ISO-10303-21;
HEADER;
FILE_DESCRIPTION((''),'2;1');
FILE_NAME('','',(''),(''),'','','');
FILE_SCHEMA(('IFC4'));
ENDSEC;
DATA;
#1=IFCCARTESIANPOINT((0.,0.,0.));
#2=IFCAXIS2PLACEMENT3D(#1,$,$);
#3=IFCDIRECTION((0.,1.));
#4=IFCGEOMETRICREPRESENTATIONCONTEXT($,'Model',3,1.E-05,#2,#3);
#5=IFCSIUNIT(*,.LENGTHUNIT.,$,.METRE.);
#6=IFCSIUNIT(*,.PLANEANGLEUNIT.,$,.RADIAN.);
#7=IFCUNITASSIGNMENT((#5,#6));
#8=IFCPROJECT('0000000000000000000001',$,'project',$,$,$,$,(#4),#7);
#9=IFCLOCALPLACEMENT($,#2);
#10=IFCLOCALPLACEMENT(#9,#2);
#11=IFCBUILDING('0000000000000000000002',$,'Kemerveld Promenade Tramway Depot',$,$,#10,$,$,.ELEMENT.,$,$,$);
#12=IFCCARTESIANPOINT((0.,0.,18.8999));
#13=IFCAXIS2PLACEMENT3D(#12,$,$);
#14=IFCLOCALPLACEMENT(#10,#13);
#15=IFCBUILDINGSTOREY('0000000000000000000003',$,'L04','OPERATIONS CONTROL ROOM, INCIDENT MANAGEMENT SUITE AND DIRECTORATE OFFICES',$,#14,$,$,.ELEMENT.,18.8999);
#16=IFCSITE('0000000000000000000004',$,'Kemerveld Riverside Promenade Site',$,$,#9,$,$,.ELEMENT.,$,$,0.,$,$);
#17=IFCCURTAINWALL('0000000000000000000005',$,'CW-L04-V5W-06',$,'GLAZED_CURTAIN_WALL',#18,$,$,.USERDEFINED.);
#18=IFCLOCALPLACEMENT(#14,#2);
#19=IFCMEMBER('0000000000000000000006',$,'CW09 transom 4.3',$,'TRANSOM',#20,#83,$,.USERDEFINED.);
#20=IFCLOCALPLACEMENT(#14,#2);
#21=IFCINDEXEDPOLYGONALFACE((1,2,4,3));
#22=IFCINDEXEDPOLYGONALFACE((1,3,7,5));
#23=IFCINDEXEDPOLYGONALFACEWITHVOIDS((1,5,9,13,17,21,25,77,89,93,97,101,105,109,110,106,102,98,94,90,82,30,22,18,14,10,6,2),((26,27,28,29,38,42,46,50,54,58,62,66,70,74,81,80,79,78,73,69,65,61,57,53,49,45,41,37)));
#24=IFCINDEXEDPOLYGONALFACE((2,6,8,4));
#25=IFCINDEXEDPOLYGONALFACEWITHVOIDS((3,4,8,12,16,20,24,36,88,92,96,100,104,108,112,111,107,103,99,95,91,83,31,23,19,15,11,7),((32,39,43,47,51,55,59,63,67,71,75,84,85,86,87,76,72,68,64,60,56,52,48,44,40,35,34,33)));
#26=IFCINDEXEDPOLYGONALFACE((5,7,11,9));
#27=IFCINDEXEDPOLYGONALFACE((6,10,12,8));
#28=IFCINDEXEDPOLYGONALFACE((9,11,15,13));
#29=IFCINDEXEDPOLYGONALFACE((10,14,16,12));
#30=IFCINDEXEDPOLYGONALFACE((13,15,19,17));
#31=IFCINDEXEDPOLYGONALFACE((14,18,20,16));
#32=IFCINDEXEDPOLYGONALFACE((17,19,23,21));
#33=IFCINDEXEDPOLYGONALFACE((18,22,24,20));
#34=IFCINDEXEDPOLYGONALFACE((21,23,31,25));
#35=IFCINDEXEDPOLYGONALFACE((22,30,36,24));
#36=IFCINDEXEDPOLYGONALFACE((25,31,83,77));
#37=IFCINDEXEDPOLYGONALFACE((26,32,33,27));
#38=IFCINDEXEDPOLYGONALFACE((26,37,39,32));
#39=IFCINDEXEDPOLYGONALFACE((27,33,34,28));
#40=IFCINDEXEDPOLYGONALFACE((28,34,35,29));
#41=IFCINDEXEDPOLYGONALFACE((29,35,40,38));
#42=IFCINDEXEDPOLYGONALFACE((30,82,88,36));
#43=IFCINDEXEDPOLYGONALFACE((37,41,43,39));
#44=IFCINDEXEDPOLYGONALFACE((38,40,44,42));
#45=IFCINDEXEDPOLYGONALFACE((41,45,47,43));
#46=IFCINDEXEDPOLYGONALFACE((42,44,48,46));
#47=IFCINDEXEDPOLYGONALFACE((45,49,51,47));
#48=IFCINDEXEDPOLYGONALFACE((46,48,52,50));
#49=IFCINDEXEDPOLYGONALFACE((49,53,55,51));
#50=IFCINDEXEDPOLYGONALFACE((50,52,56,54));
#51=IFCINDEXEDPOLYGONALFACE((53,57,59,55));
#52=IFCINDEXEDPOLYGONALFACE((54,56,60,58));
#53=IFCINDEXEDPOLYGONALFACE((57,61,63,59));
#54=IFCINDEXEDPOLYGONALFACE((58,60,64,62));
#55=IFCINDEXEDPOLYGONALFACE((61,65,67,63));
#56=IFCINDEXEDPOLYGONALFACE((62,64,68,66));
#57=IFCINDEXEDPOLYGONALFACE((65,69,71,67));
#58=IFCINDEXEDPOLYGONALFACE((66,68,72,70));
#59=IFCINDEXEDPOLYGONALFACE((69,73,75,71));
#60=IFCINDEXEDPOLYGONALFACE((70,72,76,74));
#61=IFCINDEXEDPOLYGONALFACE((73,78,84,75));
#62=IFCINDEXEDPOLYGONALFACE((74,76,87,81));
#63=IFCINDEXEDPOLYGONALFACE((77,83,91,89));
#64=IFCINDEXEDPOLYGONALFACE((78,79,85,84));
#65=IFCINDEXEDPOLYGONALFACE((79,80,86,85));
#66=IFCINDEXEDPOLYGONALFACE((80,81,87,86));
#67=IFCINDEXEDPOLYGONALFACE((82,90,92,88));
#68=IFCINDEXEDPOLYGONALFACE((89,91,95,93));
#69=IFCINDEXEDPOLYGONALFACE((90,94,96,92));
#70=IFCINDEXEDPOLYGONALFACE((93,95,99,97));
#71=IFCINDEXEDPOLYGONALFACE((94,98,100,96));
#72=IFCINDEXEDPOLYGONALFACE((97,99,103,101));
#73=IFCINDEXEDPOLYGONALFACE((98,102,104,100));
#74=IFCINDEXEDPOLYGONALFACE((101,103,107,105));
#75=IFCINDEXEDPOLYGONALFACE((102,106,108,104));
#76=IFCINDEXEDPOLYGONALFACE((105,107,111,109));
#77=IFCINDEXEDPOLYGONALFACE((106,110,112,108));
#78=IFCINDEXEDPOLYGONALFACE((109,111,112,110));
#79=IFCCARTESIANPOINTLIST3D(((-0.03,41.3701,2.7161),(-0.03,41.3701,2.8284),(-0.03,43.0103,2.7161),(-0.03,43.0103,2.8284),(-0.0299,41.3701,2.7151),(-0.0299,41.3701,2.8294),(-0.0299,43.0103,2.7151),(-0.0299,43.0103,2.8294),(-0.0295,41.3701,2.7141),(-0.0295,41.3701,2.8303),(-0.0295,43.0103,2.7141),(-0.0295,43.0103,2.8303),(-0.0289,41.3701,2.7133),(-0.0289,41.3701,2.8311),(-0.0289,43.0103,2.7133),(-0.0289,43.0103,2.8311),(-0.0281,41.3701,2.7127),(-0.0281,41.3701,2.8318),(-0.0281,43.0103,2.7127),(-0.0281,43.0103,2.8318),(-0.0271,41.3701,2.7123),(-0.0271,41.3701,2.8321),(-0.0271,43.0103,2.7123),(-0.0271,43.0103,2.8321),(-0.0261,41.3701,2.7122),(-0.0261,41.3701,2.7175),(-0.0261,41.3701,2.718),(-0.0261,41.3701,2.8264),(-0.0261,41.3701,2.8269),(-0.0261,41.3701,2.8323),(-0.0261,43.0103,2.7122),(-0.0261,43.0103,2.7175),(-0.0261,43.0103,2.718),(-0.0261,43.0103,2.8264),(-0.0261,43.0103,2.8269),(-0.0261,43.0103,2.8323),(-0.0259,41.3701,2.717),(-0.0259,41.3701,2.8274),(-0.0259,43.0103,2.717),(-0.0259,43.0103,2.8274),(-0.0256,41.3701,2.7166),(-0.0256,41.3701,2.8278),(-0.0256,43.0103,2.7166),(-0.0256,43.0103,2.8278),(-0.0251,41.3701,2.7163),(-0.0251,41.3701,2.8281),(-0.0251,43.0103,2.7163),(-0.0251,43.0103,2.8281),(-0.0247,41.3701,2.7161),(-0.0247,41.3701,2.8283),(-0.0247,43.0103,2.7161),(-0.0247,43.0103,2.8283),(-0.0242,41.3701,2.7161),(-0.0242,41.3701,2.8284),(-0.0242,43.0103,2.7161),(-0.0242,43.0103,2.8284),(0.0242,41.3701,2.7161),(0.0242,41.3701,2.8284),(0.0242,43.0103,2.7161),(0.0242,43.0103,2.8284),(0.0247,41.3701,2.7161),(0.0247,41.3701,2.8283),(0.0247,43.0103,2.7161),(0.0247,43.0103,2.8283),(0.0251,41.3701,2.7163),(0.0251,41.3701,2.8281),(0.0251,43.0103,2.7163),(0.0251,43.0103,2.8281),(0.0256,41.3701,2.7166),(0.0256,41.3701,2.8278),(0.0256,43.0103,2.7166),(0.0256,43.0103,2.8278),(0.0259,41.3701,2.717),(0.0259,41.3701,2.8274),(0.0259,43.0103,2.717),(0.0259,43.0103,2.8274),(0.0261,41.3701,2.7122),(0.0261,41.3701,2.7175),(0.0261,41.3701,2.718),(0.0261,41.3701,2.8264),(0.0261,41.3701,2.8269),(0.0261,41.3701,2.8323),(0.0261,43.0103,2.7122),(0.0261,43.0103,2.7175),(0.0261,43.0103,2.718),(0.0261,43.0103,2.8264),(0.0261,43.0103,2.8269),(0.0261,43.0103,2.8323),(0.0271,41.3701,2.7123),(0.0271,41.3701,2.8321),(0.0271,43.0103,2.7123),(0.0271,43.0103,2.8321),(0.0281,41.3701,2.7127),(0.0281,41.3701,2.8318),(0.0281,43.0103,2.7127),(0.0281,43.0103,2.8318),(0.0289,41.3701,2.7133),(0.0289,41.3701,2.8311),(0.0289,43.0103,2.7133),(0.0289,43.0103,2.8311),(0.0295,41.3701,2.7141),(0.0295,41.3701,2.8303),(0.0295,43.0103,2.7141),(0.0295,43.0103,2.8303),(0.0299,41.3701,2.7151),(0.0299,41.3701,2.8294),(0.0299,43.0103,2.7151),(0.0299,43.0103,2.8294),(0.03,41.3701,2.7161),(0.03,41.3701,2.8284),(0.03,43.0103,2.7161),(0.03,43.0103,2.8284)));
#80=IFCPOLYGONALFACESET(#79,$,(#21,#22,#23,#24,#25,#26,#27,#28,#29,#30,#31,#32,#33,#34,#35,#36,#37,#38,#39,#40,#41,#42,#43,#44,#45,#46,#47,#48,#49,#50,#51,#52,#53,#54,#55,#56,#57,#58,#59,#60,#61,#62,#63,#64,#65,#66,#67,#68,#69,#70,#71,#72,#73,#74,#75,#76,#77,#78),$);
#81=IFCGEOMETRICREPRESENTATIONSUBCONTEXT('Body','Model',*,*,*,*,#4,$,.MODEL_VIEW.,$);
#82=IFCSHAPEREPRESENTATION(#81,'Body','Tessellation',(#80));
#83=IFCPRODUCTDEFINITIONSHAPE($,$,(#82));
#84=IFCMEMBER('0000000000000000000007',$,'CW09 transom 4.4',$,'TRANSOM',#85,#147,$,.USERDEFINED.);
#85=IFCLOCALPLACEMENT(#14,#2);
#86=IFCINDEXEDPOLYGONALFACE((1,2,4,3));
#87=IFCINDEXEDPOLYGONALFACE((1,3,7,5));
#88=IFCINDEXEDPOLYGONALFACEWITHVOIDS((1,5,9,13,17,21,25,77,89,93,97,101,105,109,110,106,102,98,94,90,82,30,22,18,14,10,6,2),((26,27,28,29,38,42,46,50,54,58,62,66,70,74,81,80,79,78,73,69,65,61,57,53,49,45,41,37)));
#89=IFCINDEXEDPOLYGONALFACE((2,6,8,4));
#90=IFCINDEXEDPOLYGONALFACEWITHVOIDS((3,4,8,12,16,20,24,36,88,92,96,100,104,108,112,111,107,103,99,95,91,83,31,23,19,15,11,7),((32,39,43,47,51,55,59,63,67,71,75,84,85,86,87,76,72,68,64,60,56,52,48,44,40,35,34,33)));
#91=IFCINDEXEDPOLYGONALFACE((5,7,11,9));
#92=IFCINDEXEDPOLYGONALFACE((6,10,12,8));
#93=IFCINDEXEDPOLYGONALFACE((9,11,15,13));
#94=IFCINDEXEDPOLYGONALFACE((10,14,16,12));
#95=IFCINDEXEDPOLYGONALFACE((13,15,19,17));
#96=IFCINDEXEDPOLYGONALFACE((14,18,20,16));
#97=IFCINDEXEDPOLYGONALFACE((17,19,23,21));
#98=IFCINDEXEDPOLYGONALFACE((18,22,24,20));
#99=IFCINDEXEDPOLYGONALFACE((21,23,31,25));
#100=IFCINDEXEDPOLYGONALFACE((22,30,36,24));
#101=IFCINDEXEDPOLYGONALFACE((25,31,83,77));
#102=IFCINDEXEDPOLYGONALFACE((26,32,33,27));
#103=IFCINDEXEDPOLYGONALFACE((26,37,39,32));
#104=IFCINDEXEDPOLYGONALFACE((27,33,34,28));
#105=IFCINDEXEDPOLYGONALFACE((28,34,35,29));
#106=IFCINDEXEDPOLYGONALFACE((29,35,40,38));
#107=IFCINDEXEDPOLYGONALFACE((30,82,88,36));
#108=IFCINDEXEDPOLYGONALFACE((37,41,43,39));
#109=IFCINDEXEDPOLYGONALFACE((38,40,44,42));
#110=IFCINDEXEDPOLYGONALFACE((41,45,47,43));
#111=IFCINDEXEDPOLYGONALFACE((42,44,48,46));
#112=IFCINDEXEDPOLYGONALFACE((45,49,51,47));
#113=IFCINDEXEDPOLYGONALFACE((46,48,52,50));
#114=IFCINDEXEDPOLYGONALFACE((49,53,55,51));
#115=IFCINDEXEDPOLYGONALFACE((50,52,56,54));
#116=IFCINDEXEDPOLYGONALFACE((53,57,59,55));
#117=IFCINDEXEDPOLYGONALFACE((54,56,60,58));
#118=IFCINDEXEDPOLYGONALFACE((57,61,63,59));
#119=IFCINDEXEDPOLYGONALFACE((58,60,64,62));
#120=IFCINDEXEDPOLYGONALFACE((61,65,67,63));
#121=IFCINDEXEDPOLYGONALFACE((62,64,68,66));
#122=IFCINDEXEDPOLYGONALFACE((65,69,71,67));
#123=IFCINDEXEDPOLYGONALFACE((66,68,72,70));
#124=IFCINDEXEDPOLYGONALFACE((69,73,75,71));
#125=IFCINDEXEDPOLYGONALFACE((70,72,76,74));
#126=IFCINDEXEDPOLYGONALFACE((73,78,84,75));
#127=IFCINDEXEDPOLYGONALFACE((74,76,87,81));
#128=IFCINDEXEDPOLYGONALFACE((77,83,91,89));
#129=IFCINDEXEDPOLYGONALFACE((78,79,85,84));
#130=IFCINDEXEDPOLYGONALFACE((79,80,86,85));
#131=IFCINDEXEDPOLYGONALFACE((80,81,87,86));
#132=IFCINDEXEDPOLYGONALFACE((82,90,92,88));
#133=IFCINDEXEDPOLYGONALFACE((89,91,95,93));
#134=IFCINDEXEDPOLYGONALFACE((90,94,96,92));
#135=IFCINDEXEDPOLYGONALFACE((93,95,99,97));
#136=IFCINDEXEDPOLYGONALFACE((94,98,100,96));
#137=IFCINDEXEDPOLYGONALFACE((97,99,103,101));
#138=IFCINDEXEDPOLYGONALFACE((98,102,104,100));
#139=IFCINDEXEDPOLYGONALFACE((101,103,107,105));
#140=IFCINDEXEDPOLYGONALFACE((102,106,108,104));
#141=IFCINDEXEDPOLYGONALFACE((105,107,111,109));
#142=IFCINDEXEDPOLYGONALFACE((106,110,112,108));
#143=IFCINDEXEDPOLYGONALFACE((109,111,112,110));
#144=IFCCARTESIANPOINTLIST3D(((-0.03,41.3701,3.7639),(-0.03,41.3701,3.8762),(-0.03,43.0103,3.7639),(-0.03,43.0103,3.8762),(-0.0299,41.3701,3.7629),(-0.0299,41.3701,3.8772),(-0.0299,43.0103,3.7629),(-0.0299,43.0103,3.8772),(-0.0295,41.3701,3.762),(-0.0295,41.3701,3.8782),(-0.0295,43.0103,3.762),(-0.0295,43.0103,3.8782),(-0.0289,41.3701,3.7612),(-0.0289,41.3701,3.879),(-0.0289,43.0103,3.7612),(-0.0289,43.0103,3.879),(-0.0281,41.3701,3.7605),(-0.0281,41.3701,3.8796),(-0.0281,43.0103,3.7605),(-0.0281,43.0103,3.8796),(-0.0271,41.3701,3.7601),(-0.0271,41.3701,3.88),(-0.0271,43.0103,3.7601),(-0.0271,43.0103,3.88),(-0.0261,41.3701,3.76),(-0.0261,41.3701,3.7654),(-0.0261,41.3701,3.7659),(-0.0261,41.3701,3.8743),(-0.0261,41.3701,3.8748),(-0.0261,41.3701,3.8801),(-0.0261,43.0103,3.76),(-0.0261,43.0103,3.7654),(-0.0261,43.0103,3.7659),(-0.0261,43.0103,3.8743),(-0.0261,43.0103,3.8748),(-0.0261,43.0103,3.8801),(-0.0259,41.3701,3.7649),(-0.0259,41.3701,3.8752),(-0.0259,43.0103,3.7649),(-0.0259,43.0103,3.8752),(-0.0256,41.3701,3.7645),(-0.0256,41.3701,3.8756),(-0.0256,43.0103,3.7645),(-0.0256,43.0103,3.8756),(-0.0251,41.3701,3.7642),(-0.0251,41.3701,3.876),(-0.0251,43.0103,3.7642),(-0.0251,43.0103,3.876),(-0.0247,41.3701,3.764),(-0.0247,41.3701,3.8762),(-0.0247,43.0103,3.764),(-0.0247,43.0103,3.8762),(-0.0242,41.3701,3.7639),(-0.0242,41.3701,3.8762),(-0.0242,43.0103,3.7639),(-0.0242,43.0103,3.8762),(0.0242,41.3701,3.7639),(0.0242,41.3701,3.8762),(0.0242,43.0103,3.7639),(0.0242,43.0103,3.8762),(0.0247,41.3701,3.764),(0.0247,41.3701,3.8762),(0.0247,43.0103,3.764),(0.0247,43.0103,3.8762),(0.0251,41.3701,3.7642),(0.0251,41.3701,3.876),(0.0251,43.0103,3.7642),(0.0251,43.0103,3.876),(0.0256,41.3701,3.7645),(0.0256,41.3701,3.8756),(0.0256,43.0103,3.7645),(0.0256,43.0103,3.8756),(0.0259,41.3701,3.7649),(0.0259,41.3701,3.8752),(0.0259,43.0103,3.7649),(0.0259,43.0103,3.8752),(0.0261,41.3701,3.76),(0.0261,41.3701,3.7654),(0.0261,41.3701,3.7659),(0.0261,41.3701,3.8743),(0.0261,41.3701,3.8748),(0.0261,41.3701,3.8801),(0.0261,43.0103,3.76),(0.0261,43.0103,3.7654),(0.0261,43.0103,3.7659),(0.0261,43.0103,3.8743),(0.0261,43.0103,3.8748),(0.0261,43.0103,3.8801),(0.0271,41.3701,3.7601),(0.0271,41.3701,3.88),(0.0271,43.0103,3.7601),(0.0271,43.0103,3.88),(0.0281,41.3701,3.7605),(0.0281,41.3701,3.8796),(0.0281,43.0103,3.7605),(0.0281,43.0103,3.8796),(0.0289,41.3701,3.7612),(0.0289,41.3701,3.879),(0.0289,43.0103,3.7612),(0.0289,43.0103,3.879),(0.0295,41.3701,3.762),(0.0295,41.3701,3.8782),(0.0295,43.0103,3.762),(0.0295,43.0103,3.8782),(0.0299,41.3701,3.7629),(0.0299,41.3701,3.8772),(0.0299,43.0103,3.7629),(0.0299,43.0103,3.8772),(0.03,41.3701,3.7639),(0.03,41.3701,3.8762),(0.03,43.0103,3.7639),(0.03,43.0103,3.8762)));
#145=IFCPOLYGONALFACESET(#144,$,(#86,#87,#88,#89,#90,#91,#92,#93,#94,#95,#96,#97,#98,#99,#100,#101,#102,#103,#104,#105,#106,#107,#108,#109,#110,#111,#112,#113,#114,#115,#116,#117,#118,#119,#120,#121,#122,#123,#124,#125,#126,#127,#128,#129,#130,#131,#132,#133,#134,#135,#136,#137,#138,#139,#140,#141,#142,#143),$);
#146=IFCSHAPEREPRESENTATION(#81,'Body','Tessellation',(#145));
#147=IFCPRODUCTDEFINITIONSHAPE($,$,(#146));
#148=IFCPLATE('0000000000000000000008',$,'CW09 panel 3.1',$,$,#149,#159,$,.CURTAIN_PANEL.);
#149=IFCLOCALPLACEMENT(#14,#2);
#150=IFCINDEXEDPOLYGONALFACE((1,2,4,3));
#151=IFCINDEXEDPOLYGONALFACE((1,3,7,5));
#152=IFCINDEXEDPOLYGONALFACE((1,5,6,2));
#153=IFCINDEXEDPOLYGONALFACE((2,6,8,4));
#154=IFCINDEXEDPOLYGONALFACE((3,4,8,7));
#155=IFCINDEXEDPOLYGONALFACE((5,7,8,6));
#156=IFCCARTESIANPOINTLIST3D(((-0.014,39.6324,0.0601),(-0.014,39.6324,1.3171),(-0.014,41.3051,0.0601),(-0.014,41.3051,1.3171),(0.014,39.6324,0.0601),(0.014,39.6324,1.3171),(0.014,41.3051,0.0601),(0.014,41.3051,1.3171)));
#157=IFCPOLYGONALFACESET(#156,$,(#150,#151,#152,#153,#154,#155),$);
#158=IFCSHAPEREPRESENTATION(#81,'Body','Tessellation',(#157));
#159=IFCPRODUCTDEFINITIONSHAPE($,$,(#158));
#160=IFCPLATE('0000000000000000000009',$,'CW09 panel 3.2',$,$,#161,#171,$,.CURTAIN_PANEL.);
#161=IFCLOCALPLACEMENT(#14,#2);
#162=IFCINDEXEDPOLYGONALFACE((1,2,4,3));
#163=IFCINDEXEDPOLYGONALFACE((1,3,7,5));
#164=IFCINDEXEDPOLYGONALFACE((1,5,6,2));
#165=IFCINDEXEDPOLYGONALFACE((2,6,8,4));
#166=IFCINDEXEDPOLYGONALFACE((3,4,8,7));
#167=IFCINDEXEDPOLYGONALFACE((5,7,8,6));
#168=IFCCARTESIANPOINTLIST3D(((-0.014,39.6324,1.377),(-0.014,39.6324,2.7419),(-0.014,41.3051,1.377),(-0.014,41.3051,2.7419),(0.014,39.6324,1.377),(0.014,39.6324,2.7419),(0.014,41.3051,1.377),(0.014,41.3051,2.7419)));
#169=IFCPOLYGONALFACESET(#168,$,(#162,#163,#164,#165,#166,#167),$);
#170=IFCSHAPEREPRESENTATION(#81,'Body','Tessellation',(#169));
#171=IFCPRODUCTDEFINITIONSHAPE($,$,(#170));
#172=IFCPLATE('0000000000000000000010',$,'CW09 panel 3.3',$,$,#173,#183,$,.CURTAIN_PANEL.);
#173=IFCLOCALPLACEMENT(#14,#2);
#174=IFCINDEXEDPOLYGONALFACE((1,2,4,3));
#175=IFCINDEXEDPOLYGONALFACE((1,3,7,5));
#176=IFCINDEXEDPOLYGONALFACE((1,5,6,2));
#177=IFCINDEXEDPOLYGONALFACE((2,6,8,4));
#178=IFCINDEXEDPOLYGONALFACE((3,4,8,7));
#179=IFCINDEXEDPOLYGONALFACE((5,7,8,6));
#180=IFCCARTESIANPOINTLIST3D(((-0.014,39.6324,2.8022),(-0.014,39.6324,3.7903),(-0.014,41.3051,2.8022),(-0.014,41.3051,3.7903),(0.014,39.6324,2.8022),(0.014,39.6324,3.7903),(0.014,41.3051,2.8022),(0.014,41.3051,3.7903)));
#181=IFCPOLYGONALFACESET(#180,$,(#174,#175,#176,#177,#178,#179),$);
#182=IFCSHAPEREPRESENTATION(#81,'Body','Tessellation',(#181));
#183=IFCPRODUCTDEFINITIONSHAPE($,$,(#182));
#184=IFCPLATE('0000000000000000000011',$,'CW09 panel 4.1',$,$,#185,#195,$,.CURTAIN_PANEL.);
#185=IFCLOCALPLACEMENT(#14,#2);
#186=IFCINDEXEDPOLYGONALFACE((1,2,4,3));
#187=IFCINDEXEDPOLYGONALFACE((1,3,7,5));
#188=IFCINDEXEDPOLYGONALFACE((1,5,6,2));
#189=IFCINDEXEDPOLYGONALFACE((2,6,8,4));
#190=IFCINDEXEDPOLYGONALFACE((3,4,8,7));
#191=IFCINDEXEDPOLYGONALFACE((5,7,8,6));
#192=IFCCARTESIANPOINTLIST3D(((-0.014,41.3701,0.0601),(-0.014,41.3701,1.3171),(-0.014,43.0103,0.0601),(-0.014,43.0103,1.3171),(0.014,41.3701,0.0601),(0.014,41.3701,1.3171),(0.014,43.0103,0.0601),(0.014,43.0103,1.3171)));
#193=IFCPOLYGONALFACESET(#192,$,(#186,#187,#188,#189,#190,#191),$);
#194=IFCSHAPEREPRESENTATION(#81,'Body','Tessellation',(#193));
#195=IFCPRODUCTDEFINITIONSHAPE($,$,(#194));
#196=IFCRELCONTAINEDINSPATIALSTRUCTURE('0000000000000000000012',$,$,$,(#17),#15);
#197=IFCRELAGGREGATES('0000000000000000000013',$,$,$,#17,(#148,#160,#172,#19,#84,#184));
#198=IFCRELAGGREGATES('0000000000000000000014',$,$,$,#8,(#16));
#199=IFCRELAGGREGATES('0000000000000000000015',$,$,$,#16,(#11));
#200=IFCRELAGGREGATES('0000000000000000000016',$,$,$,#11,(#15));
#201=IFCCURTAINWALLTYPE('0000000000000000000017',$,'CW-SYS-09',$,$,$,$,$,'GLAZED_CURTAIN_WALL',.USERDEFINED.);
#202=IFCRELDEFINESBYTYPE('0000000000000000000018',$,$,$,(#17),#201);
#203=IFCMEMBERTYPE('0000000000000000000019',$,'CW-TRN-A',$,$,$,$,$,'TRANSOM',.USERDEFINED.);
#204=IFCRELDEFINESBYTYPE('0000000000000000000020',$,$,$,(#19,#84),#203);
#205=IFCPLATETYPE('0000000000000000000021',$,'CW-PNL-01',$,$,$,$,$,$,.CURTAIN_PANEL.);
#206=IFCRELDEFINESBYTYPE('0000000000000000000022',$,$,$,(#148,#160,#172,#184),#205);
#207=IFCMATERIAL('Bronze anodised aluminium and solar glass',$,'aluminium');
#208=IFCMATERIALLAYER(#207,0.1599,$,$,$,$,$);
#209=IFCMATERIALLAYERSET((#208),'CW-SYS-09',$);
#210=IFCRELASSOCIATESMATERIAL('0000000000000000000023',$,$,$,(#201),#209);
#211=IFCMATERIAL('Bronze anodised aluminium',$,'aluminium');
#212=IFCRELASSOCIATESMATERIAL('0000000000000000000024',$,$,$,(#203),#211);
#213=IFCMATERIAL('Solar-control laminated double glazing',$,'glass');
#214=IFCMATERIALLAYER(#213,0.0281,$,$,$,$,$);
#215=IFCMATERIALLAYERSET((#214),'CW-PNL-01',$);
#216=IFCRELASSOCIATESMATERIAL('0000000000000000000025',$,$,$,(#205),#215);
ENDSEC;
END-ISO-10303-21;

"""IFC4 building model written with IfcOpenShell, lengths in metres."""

from ifc_helpers import new_model, si_unit, direction, frame, origin, origin_2d, place, context, subcontext, project, spatial, rectangle, hollow_rectangle, extrude, material, layer, layer_set, material_profile, profile_set, type_object, element, aggregate, save


model = new_model("IFC4")

# Units and contexts
model_context = context("Model", 3, precision=1e-05, world=origin(), true_north=direction((0.0, 1.0)))
body_context = subcontext(model_context, "Body", "Model", "MODEL_VIEW")
ifc_project = project(units=[si_unit("LENGTHUNIT", "METRE"), si_unit("PLANEANGLEUNIT", "RADIAN")], contexts=[model_context])

# Site, building, storey
site_placement = place(None, origin())
site = spatial("IfcSite", under=ifc_project, at=site_placement, Name="Kemerveld Riverside Promenade Site", CompositionType="ELEMENT", RefElevation=0.0)
building_placement = place(site_placement, origin())
building = spatial("IfcBuilding", under=site, at=building_placement, Name="Kemerveld Promenade Tramway Depot", CompositionType="ELEMENT")
storey_placement = place(building_placement, frame((0.0, 0.0, 18.8999)))
storey = spatial("IfcBuildingStorey", under=building, at=storey_placement, Name="L04", Description="OPERATIONS CONTROL ROOM, INCIDENT MANAGEMENT SUITE AND DIRECTORATE OFFICES", CompositionType="ELEMENT", Elevation=18.8999)

# Curtain wall, members, plates
ifc_material_1 = material(Name="Bronze anodised aluminium and solar glass", Category="aluminium")
ifc_layer_1 = layer(ifc_material_1, 0.1599)
ifc_layer_set_1 = layer_set([ifc_layer_1], Name="CW-SYS-09")
curtain_wall_type = type_object("IfcCurtainWallType", Name="CW-SYS-09", ElementType="GLAZED_CURTAIN_WALL", PredefinedType="USERDEFINED", material=ifc_layer_set_1)
curtain_wall_placement = place(storey_placement, origin())
curtain_wall = element("IfcCurtainWall", 1, at=curtain_wall_placement, inside=storey, type_object=curtain_wall_type, Name="CW-L04-V5W-06", ObjectType="GLAZED_CURTAIN_WALL", PredefinedType="USERDEFINED")
ifc_material_2 = material(Name="Bronze anodised aluminium", Category="aluminium")
ifc_material_profile_1 = material_profile(ifc_material_2, hollow_rectangle(XDim=0.0601, YDim=0.1201, WallThickness=0.0039, InnerFilletRadius=0.002, OuterFilletRadius=0.0039, at=origin_2d()), Name="CW-TRN-120x60")
ifc_profile_set_1 = profile_set([ifc_material_profile_1], Name="Bronze anodised aluminium")
member_type_1 = type_object("IfcMemberType", Name="CW-TRN-A", ElementType="TRANSOM", PredefinedType="USERDEFINED", material=ifc_profile_set_1)
member_1_placement = place(storey_placement, frame((0.0, 41.3701, 2.7722), z_axis=(0.0, 1.0, 0.0), x_axis=(-1.0, 0.0, 0.0)))
member_1 = element("IfcMember", 2, at=member_1_placement, type_object=member_type_1, Name="CW09 transom 4.3", ObjectType="TRANSOM", PredefinedType="USERDEFINED", context=body_context, shape_type="SweptSolid", body=[
    extrude(hollow_rectangle(XDim=0.0601, YDim=0.1201, WallThickness=0.0039, InnerFilletRadius=0.002, OuterFilletRadius=0.0039, at=origin_2d()), origin(), (0.0, 0.0, 1.0), 1.6401),
])
member_2_placement = place(storey_placement, frame((0.0, 41.3701, 3.8201), z_axis=(0.0, 1.0, 0.0), x_axis=(-1.0, 0.0, 0.0)))
member_2 = element("IfcMember", 3, at=member_2_placement, type_object=member_type_1, Name="CW09 transom 4.4", ObjectType="TRANSOM", PredefinedType="USERDEFINED", context=body_context, shape_type="SweptSolid", body=[
    extrude(hollow_rectangle(XDim=0.0601, YDim=0.1201, WallThickness=0.0039, InnerFilletRadius=0.002, OuterFilletRadius=0.0039, at=origin_2d()), origin(), (0.0, 0.0, 1.0), 1.6401),
])
ifc_material_3 = material(Name="Solar-control laminated double glazing", Category="glass")
ifc_layer_2 = layer(ifc_material_3, 0.0281)
ifc_layer_set_2 = layer_set([ifc_layer_2], Name="CW-PNL-01")
plate_type = type_object("IfcPlateType", Name="CW-PNL-01", PredefinedType="CURTAIN_PANEL", material=ifc_layer_set_2)
plate_1_placement = place(storey_placement, frame((0.0, 40.4688, 0.0601), z_axis=(0.0, 0.0, 1.0), x_axis=(0.0, 1.0, 0.0)))
plate_1 = element("IfcPlate", 4, at=plate_1_placement, type_object=plate_type, Name="CW09 panel 3.1", PredefinedType="CURTAIN_PANEL", context=body_context, shape_type="SweptSolid", body=[
    extrude(rectangle(XDim=1.6726, YDim=0.0281, at=origin_2d()), origin(), (0.0, 0.0, 1.0), 1.2571),
])
plate_2_placement = place(storey_placement, frame((0.0, 40.4688, 1.377), z_axis=(0.0, 0.0, 1.0), x_axis=(0.0, 1.0, 0.0)))
plate_2 = element("IfcPlate", 5, at=plate_2_placement, type_object=plate_type, Name="CW09 panel 3.2", PredefinedType="CURTAIN_PANEL", context=body_context, shape_type="SweptSolid", body=[
    extrude(rectangle(XDim=1.6726, YDim=0.0281, at=origin_2d()), origin(), (0.0, 0.0, 1.0), 1.365),
])
plate_3_placement = place(storey_placement, frame((0.0, 40.4688, 2.8022), z_axis=(0.0, 0.0, 1.0), x_axis=(0.0, 1.0, 0.0)))
plate_3 = element("IfcPlate", 6, at=plate_3_placement, type_object=plate_type, Name="CW09 panel 3.3", PredefinedType="CURTAIN_PANEL", context=body_context, shape_type="SweptSolid", body=[
    extrude(rectangle(XDim=1.6726, YDim=0.0281, at=origin_2d()), origin(), (0.0, 0.0, 1.0), 0.988),
])
plate_4_placement = place(storey_placement, frame((0.0, 42.1902, 0.0601), z_axis=(0.0, 0.0, 1.0), x_axis=(0.0, 1.0, 0.0)))
plate_4 = element("IfcPlate", 7, at=plate_4_placement, type_object=plate_type, Name="CW09 panel 4.1", PredefinedType="CURTAIN_PANEL", context=body_context, shape_type="SweptSolid", body=[
    extrude(rectangle(XDim=1.6401, YDim=0.0281, at=origin_2d()), origin(), (0.0, 0.0, 1.0), 1.2571),
])
aggregate(curtain_wall, [plate_1, plate_2, plate_3, member_1, member_2, plate_4])

save(model, "model.ifc")
